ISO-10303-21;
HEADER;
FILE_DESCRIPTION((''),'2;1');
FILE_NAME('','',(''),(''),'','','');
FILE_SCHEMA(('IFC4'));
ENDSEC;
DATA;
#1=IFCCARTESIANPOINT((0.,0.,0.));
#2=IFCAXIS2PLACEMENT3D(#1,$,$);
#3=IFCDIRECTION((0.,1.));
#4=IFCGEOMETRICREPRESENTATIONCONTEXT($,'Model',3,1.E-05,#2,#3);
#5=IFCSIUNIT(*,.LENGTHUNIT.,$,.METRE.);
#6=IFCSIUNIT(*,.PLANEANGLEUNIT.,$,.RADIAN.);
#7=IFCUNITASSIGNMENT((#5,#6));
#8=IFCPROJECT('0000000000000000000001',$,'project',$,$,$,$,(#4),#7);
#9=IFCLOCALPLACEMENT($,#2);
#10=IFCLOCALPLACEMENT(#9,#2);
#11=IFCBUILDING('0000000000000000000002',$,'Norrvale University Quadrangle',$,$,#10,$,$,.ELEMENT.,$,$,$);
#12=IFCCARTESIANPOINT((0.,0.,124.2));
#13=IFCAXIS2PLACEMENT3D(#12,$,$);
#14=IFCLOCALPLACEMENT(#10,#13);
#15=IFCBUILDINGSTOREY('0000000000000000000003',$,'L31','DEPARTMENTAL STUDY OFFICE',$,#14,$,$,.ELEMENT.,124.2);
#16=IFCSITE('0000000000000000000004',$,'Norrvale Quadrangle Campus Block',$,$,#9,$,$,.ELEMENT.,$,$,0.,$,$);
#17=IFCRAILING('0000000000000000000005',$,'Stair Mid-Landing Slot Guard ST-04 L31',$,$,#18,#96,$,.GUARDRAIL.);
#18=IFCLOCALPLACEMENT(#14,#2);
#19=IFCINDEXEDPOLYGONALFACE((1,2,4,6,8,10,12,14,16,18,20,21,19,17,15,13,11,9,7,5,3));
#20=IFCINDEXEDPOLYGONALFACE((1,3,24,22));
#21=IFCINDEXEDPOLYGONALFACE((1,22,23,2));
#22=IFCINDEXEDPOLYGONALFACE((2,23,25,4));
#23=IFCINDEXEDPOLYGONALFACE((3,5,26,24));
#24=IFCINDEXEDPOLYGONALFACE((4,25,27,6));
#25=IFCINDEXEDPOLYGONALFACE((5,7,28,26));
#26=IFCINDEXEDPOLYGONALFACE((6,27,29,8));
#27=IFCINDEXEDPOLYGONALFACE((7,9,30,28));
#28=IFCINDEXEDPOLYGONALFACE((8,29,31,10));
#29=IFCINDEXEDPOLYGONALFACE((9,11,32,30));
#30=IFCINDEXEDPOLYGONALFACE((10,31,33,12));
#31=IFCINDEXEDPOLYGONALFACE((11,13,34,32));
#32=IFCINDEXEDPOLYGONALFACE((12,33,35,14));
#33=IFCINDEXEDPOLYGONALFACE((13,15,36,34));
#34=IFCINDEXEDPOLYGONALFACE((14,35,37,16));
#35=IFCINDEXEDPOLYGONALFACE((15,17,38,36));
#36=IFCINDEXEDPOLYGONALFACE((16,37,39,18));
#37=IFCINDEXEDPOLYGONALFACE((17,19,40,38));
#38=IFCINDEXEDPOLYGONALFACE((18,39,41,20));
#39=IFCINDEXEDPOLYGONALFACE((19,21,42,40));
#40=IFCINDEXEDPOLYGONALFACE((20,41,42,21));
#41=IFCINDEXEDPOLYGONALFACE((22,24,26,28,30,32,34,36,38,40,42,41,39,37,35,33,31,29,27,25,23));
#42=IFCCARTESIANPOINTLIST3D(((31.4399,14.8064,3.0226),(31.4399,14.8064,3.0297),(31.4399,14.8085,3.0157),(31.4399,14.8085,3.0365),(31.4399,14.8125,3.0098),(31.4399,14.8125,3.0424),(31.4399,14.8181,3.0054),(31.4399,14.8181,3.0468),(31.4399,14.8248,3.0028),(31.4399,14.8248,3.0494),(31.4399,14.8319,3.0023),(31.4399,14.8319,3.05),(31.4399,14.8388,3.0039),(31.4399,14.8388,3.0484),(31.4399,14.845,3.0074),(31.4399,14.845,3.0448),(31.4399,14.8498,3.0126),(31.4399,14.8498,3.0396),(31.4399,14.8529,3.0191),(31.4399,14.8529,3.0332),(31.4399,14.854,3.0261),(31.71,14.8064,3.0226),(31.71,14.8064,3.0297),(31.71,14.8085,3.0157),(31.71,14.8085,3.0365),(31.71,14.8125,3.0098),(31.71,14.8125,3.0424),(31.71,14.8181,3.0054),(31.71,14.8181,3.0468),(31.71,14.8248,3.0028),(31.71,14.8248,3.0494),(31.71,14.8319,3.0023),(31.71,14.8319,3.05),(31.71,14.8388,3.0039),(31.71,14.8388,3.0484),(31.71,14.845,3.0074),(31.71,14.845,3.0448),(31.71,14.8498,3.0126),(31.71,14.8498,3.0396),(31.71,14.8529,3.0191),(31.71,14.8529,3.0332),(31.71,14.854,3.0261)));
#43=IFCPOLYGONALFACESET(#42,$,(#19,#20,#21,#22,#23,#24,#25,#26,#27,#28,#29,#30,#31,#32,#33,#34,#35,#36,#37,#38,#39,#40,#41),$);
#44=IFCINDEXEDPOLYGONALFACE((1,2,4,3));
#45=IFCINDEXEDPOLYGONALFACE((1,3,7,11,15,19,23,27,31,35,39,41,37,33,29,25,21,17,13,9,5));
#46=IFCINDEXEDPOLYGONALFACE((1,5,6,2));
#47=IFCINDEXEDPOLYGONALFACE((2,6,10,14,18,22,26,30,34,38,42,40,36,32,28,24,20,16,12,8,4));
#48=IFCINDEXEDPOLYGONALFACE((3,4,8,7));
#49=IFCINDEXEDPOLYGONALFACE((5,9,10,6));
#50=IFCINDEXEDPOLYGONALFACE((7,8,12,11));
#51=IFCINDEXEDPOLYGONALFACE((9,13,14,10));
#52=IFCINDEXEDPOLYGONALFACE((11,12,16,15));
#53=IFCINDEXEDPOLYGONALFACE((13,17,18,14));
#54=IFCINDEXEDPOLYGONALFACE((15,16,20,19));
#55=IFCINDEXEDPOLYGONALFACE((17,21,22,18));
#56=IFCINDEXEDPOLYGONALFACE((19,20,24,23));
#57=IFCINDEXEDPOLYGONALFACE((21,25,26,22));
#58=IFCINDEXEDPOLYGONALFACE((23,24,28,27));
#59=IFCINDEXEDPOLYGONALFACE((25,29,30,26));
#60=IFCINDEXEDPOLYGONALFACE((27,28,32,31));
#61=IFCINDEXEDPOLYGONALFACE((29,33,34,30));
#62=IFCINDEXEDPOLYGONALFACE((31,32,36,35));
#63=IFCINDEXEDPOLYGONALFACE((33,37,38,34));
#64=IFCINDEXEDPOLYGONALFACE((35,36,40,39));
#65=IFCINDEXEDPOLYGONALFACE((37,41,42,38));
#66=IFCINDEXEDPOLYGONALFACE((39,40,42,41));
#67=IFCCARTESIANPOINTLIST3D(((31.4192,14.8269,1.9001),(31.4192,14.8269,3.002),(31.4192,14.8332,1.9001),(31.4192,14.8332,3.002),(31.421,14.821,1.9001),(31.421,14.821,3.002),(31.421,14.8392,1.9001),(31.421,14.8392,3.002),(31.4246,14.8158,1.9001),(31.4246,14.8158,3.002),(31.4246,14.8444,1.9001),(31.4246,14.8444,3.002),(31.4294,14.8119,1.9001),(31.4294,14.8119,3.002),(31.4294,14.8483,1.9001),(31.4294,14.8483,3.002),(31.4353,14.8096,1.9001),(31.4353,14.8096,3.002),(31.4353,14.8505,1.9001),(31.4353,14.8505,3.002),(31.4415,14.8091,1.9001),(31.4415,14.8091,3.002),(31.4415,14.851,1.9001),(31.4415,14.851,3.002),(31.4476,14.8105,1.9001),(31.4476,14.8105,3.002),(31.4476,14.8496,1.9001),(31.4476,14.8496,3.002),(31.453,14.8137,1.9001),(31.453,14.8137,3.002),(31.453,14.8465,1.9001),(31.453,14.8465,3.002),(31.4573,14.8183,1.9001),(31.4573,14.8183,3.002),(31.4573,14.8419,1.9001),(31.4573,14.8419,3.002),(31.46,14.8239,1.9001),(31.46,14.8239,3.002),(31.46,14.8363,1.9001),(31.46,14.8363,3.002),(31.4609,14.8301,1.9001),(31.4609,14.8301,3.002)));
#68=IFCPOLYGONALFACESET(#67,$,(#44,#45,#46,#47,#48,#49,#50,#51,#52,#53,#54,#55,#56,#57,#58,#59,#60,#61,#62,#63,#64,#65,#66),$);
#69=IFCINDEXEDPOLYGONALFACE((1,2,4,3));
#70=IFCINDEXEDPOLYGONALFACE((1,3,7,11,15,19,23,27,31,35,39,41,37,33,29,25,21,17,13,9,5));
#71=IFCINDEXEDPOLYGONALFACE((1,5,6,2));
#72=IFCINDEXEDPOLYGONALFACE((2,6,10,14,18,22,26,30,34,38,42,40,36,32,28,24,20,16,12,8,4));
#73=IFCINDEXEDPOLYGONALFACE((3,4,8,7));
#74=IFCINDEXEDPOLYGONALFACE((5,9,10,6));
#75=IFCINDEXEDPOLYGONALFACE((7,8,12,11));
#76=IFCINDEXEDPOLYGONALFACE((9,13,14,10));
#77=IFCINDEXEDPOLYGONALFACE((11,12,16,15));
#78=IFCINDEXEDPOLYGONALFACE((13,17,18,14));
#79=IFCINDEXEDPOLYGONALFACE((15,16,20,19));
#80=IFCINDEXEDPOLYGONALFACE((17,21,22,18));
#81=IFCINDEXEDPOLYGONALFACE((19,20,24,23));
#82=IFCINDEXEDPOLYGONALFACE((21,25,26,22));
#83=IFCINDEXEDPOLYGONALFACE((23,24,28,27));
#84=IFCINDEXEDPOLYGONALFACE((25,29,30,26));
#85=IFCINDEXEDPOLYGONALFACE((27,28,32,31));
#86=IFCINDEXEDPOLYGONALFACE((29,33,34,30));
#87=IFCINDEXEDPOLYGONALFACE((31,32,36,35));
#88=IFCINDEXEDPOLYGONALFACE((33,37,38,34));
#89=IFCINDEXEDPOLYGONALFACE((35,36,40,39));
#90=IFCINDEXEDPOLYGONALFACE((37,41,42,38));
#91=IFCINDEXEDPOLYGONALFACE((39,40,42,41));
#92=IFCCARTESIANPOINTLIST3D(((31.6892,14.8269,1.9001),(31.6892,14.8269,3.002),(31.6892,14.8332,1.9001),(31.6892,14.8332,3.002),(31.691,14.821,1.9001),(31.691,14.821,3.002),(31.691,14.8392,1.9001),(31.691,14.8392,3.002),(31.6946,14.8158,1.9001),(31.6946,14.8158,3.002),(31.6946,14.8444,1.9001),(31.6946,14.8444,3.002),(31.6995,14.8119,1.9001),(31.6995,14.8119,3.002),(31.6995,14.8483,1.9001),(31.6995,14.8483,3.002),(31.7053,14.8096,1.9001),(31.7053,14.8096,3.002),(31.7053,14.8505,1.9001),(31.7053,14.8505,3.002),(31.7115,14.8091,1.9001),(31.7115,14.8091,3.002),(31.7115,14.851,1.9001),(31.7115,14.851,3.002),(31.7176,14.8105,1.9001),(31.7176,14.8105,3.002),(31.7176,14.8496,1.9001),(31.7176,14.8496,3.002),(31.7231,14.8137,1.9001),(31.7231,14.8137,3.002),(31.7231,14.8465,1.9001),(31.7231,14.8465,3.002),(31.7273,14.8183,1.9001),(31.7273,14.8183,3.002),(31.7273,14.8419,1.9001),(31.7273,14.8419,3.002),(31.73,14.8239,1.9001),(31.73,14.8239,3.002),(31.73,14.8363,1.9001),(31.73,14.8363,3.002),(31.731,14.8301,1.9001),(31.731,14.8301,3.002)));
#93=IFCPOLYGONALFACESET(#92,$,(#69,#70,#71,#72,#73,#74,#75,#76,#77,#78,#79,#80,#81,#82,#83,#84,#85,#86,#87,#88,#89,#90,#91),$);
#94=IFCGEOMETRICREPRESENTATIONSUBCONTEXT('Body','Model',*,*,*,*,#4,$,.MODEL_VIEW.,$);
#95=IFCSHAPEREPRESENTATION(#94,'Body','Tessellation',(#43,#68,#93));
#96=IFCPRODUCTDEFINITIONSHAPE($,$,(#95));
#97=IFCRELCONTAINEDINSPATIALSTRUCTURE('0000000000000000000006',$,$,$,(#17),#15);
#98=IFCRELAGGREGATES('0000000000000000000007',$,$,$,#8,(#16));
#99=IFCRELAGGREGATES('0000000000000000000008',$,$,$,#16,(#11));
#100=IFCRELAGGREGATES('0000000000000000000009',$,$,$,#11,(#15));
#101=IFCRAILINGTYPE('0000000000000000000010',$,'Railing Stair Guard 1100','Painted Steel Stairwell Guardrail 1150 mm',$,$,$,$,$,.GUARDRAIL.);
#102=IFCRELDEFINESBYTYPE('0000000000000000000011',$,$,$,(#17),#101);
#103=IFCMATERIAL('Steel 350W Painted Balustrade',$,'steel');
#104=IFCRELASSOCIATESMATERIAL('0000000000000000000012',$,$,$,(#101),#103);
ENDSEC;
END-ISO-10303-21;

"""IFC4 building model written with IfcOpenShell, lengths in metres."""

from ifc_helpers import new_model, si_unit, direction, frame, origin, origin_2d, place, context, subcontext, project, spatial, circle, extrude, material, type_object, element, save


model = new_model("IFC4")

# Units and contexts
model_context = context("Model", 3, precision=1e-05, world=origin(), true_north=direction((0.0, 1.0)))
body_context = subcontext(model_context, "Body", "Model", "MODEL_VIEW")
ifc_project = project(units=[si_unit("LENGTHUNIT", "METRE"), si_unit("PLANEANGLEUNIT", "RADIAN")], contexts=[model_context])

# Site, building, storey
site_placement = place(None, origin())
site = spatial("IfcSite", under=ifc_project, at=site_placement, Name="Norrvale Quadrangle Campus Block", CompositionType="ELEMENT", RefElevation=0.0)
building_placement = place(site_placement, origin())
building = spatial("IfcBuilding", under=site, at=building_placement, Name="Norrvale University Quadrangle", CompositionType="ELEMENT")
storey_placement = place(building_placement, frame((0.0, 0.0, 124.2)))
storey = spatial("IfcBuildingStorey", under=building, at=storey_placement, Name="L31", Description="DEPARTMENTAL STUDY OFFICE", CompositionType="ELEMENT", Elevation=124.2)

# Railing
ifc_material_1 = material(Name="Steel 350W Painted Balustrade", Category="steel")
railing_type_1 = type_object("IfcRailingType", Name="Railing Stair Guard 1100", Description="Painted Steel Stairwell Guardrail 1150 mm", PredefinedType="GUARDRAIL", material=ifc_material_1)
railing_1_placement = place(storey_placement, frame((31.4399, 14.8301, 1.9001)))
element("IfcRailing", 1, at=railing_1_placement, inside=storey, type_object=railing_type_1, Name="Stair Mid-Landing Slot Guard ST-04 L31", PredefinedType="GUARDRAIL", context=body_context, shape_type="SweptSolid", body=[
    extrude(circle(Radius=0.0239, at=origin_2d()), frame((0.0, 0.0, 1.126), z_axis=(1.0, 0.0, 0.0), x_axis=(0.0, 1.0, 0.0)), (0.0, 0.0, 1.0), 0.27),
    extrude(circle(Radius=0.021, at=origin_2d()), origin(), (0.0, 0.0, 1.0), 1.1018),
    extrude(circle(Radius=0.021, at=origin_2d()), frame((0.27, 0.0, 0.0)), (0.0, 0.0, 1.0), 1.1018),
])

save(model, "model.ifc")
